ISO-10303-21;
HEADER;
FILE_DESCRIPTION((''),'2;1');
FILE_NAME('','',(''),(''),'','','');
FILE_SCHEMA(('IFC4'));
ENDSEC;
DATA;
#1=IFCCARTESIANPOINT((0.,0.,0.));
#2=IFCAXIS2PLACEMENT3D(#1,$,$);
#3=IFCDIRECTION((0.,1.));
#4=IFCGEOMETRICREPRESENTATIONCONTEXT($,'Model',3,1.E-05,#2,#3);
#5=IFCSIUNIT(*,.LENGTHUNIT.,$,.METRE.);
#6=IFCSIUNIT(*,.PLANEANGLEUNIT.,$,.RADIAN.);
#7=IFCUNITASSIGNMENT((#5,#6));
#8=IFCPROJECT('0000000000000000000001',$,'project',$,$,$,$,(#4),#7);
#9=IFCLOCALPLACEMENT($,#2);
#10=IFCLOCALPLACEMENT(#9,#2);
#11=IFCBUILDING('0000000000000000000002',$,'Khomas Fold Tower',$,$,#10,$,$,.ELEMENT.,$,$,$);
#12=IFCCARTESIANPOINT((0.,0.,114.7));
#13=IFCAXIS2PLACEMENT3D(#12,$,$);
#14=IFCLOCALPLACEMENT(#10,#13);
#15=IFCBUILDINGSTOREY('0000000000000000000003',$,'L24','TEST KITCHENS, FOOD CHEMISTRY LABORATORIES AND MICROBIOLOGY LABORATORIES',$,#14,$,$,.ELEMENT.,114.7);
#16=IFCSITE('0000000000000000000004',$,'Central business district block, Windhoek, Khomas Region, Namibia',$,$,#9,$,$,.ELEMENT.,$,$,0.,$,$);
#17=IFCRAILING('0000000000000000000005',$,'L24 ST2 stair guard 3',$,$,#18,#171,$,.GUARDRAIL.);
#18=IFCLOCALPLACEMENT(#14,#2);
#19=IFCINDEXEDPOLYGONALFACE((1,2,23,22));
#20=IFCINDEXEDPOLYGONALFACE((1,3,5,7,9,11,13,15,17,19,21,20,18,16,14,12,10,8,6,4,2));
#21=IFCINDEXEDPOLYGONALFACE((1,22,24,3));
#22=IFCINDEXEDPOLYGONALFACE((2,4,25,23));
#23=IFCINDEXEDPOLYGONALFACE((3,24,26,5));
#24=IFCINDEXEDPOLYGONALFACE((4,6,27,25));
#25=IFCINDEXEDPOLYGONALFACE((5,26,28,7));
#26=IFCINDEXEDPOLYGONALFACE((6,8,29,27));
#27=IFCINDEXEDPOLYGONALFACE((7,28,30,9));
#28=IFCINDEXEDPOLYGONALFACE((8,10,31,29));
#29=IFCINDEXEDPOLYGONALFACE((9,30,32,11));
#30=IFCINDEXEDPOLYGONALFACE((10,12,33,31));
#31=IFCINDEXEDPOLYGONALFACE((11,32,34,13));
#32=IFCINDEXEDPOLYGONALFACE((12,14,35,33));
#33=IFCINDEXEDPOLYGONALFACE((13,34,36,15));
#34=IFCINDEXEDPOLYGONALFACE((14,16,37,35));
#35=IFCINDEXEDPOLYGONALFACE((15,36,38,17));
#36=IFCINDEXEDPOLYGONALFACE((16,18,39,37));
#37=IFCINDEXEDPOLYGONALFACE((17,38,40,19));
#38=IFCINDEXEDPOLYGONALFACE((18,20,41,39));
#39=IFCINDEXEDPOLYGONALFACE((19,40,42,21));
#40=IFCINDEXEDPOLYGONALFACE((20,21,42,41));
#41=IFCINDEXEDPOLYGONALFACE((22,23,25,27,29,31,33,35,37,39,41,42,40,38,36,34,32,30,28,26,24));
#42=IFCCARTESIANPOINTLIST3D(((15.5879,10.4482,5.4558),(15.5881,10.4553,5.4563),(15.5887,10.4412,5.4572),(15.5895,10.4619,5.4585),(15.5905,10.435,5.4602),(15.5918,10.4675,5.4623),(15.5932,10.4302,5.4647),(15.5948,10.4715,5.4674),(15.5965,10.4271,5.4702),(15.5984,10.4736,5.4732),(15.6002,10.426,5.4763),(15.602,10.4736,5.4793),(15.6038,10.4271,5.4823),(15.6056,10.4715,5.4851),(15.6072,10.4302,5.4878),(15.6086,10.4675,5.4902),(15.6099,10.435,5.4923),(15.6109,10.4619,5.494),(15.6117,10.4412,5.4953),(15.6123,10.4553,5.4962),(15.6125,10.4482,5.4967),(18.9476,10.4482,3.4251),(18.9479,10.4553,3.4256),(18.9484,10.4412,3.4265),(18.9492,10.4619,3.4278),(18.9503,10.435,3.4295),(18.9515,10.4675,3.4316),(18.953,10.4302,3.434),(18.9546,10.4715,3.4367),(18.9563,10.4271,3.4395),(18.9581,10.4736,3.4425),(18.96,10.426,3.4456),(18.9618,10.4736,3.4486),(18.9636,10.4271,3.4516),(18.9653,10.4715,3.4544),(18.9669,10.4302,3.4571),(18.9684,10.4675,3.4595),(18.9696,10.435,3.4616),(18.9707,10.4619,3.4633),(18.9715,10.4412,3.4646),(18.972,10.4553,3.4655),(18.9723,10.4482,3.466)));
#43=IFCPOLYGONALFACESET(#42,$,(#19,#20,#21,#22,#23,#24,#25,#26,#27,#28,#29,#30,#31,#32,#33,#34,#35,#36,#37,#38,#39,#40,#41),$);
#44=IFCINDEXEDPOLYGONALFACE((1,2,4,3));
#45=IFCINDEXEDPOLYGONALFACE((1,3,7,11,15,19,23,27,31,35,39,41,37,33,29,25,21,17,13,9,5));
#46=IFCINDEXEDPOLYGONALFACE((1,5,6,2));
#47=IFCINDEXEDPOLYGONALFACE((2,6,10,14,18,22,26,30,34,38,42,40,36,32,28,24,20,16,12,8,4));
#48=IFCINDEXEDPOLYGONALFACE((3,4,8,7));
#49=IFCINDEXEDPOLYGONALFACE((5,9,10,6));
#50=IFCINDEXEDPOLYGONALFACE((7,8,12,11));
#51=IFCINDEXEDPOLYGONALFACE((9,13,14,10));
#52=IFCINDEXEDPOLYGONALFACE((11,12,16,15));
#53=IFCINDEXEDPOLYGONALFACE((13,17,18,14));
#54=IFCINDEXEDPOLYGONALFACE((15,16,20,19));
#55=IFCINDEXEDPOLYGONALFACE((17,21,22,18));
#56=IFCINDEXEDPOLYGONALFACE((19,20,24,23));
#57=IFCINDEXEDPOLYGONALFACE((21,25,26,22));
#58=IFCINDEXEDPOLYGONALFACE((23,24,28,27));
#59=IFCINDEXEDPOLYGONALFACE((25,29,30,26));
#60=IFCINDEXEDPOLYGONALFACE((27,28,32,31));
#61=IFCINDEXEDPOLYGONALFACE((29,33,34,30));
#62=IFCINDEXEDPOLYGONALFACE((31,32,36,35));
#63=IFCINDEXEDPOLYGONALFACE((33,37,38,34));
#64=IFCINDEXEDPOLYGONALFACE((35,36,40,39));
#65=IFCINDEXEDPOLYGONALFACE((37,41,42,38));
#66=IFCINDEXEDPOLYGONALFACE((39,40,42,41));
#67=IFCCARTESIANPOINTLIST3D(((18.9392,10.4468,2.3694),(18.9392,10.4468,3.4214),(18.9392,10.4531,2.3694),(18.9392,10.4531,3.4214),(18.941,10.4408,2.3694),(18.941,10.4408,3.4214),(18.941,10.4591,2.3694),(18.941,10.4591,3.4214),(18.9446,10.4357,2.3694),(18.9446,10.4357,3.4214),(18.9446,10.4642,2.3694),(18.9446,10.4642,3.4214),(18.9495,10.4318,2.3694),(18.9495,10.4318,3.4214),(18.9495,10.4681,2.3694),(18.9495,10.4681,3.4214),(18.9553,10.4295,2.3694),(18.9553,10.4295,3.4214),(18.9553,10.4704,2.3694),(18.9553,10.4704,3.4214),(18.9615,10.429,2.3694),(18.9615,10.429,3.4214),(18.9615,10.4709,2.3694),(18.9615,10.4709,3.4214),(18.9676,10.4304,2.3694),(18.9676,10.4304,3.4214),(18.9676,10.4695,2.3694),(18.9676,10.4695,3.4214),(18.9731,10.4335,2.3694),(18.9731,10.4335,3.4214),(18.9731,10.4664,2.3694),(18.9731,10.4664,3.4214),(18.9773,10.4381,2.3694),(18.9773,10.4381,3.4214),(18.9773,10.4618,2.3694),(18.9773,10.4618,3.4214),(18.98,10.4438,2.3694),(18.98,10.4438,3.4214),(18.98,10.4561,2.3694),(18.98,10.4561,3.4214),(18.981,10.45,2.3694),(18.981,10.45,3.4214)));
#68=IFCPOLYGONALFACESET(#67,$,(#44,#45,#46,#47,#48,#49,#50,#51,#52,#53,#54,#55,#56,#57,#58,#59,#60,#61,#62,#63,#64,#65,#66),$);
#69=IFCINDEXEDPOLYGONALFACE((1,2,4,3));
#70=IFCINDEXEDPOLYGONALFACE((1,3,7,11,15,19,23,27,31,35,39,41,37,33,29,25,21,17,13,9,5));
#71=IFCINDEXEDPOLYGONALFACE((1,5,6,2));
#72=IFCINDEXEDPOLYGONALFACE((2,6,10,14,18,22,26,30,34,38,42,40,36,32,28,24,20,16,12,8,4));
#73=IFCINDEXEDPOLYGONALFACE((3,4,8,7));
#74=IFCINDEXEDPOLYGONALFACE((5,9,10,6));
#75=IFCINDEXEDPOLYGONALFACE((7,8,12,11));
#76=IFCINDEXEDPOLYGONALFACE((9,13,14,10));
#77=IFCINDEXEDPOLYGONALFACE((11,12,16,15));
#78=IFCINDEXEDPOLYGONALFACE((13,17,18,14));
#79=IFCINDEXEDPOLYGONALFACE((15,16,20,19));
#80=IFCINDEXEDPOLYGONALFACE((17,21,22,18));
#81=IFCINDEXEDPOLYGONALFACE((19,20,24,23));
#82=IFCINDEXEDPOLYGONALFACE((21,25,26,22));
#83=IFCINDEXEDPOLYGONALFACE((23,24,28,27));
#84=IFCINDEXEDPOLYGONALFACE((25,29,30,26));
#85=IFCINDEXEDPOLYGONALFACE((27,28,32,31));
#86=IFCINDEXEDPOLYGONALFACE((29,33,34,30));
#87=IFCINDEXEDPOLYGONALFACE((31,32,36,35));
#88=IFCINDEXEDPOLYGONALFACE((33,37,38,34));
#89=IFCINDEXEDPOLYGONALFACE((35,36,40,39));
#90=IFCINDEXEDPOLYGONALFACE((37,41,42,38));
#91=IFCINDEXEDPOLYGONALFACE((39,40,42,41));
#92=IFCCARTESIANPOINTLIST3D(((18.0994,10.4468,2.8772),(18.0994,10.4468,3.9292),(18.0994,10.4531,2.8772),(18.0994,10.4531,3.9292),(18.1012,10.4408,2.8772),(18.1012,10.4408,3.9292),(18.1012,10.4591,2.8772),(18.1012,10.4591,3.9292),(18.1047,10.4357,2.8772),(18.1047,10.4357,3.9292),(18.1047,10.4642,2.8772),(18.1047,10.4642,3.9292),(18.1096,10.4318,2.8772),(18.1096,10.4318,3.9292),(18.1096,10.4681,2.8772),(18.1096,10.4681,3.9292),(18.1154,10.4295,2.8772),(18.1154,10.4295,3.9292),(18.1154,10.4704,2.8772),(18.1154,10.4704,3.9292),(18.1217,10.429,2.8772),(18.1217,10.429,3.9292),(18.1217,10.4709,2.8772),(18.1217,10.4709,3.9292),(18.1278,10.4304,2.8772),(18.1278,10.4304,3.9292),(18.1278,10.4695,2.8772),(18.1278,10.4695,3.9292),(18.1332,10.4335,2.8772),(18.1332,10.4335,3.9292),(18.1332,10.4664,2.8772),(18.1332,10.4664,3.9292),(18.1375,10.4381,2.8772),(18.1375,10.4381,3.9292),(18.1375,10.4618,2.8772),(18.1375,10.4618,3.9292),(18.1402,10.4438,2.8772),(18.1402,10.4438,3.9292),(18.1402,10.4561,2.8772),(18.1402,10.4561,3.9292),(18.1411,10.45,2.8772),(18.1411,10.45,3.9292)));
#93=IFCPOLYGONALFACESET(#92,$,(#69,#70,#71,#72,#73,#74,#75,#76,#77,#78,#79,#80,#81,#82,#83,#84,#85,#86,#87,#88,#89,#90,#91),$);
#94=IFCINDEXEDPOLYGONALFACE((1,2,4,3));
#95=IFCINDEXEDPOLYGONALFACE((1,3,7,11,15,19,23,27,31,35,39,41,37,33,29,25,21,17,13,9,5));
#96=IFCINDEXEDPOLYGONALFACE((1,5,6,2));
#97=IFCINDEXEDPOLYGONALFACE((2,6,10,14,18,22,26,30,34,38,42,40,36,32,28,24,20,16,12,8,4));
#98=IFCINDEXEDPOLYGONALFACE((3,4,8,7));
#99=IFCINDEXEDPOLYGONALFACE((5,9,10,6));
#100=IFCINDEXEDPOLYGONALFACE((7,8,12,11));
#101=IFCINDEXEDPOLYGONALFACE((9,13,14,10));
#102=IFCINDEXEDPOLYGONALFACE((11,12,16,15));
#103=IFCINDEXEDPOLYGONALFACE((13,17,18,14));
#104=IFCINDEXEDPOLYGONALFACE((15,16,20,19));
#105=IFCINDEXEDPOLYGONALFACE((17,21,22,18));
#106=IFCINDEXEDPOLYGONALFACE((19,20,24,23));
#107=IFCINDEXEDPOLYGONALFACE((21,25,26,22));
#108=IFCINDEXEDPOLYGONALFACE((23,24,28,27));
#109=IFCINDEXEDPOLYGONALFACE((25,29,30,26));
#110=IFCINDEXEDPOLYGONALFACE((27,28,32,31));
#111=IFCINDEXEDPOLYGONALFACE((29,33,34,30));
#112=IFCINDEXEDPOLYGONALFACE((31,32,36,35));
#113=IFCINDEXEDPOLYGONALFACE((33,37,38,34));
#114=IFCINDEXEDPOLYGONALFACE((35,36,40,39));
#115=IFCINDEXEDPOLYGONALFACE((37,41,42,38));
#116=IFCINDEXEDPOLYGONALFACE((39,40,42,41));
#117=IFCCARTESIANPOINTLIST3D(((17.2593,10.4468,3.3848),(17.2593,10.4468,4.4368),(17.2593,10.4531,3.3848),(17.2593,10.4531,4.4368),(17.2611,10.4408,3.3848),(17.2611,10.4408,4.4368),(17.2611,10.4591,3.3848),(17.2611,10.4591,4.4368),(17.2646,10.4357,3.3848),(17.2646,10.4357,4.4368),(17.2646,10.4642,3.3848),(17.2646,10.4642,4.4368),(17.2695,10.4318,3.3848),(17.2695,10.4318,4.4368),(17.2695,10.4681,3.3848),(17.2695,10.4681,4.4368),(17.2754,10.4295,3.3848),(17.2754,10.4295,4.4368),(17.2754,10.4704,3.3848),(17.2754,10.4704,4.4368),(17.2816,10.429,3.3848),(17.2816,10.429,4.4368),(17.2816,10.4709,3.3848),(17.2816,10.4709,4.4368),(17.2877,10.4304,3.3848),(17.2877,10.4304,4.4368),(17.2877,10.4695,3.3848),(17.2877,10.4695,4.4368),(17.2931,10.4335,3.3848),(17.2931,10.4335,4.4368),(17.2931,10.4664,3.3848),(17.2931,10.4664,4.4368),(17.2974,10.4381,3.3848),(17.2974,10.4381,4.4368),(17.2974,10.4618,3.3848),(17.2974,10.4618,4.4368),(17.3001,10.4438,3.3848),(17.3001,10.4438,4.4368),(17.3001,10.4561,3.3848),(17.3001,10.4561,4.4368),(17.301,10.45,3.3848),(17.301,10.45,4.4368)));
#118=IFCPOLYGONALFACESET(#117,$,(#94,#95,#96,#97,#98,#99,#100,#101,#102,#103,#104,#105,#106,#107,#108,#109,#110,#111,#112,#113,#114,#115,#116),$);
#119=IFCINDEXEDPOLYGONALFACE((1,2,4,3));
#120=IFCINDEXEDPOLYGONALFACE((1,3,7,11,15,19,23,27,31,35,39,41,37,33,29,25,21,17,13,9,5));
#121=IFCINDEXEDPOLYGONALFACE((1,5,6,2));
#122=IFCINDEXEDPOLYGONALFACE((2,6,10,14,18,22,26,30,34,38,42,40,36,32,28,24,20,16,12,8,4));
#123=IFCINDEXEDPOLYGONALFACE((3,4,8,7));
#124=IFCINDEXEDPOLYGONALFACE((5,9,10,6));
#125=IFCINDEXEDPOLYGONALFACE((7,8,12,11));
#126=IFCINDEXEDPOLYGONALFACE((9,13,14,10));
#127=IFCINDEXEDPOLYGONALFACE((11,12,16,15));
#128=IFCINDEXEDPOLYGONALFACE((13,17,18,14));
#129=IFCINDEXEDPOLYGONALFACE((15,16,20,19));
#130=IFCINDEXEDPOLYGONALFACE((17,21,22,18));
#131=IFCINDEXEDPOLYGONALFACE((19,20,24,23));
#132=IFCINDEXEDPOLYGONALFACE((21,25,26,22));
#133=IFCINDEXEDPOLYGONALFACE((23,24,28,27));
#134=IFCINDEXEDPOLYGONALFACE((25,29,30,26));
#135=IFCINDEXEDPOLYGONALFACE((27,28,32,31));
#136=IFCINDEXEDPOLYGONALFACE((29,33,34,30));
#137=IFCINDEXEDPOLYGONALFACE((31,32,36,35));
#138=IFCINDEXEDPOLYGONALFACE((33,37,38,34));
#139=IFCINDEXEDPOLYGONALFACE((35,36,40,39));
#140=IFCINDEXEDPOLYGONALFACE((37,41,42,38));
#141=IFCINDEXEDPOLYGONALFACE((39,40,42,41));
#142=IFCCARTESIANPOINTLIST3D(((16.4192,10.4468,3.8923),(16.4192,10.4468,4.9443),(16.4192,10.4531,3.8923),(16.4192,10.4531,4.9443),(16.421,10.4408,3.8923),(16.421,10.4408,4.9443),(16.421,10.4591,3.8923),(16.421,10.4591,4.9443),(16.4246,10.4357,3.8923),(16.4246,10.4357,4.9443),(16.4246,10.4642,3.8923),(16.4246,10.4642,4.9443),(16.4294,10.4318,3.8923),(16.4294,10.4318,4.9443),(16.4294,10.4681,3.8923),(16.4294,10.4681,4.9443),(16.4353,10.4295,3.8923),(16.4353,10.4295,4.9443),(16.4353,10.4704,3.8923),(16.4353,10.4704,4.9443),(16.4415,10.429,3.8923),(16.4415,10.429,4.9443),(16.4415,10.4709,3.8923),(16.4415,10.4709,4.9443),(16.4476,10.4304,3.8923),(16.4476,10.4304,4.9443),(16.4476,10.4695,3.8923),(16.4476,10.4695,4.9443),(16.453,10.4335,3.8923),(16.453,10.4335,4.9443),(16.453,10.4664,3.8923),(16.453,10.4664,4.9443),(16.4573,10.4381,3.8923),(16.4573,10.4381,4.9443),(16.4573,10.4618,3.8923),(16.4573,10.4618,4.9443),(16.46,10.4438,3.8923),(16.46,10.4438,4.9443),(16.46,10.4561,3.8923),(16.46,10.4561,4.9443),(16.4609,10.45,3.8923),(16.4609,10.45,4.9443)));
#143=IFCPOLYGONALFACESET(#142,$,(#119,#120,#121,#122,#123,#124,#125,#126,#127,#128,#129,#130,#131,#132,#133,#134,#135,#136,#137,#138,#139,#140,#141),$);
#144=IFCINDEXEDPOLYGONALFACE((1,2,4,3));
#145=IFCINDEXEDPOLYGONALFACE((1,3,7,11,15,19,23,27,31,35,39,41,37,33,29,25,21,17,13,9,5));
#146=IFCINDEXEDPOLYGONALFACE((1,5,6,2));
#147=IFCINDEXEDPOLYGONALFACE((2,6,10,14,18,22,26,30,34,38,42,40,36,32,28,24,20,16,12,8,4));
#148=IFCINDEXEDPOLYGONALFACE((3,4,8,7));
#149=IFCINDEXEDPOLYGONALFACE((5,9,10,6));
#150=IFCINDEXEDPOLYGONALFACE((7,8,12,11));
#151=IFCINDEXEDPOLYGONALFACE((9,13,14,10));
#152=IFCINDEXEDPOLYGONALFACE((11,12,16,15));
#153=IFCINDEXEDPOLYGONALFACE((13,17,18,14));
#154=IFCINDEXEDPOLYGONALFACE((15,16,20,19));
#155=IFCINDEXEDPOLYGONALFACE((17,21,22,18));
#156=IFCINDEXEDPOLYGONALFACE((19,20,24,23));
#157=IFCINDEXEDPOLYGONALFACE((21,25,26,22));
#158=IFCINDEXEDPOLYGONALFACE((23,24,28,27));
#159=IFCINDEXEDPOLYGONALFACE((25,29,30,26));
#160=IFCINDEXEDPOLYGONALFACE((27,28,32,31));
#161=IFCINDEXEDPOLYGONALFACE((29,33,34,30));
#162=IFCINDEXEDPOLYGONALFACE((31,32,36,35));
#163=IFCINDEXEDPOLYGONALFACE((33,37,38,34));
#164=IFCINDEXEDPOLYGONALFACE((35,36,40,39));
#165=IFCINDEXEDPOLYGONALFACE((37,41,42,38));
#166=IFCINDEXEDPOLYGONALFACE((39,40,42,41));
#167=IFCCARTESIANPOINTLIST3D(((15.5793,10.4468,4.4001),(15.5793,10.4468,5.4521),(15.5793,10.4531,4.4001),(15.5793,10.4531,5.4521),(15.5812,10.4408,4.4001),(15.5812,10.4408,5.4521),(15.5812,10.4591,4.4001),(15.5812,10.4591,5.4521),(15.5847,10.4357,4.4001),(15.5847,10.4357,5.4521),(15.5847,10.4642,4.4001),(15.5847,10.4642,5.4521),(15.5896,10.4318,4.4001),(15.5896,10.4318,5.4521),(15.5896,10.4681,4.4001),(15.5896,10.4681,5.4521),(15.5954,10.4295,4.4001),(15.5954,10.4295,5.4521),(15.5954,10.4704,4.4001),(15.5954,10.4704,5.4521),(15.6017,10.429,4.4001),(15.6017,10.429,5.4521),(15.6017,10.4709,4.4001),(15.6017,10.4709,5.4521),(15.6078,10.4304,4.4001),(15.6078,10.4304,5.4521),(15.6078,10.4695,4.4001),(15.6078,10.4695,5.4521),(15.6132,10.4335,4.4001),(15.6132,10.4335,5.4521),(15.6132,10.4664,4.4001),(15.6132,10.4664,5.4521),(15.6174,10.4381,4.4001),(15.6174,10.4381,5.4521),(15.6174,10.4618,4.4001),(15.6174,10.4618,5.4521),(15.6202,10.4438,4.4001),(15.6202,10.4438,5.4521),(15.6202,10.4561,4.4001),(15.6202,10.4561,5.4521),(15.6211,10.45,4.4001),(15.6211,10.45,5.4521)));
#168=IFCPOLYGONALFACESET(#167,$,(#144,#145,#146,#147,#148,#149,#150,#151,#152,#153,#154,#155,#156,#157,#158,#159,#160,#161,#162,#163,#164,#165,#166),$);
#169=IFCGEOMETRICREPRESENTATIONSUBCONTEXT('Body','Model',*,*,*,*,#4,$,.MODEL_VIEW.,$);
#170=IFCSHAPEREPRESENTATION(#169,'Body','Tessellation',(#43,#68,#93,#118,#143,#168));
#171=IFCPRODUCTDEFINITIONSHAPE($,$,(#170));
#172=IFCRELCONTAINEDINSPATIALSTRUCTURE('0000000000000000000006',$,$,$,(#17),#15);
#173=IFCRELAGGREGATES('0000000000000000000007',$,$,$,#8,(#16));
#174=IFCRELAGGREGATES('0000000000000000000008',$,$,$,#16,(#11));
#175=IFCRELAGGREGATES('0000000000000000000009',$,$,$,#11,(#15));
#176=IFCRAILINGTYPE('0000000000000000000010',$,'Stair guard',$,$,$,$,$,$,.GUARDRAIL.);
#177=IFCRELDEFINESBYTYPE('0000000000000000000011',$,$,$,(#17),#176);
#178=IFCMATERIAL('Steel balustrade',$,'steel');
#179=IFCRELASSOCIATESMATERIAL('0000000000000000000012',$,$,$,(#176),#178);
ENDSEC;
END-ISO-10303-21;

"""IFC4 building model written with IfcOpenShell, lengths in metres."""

from ifc_helpers import new_model, si_unit, direction, frame, origin, origin_2d, place, context, subcontext, project, spatial, circle, extrude, source, transform, mapped, material, type_object, element, save


model = new_model("IFC4")

# Units and contexts
model_context = context("Model", 3, precision=1e-05, world=origin(), true_north=direction((0.0, 1.0)))
body_context = subcontext(model_context, "Body", "Model", "MODEL_VIEW")
ifc_project = project(units=[si_unit("LENGTHUNIT", "METRE"), si_unit("PLANEANGLEUNIT", "RADIAN")], contexts=[model_context])

# Site, building, storey
site_placement = place(None, origin())
site = spatial("IfcSite", under=ifc_project, at=site_placement, Name="Central business district block, Windhoek, Khomas Region, Namibia", CompositionType="ELEMENT", RefElevation=0.0)
building_placement = place(site_placement, origin())
building = spatial("IfcBuilding", under=site, at=building_placement, Name="Khomas Fold Tower", CompositionType="ELEMENT")
storey_placement = place(building_placement, frame((0.0, 0.0, 114.7)))
storey = spatial("IfcBuildingStorey", under=building, at=storey_placement, Name="L24", Description="TEST KITCHENS, FOOD CHEMISTRY LABORATORIES AND MICROBIOLOGY LABORATORIES", CompositionType="ELEMENT", Elevation=114.7)

# Railing
ifc_material_1 = material(Name="Steel balustrade", Category="steel")
railing_type_1 = type_object("IfcRailingType", Name="Stair guard", PredefinedType="GUARDRAIL", material=ifc_material_1)
shared_shape_1 = source(origin(), body_context, "Body", "SweptSolid", [
    extrude(circle(Radius=0.0239, at=origin_2d()), frame((0.0, 0.0, 1.0762), z_axis=(-0.85582, 0.0, 0.517273), x_axis=(0.0, -1.0, 0.0)), (0.0, 0.0, 1.0), 3.9258),
    extrude(circle(Radius=0.021, at=origin_2d()), origin(), (0.0, 0.0, 1.0), 1.052),
    extrude(circle(Radius=0.021, at=origin_2d()), frame((-0.8398, 0.0, 0.5078)), (0.0, 0.0, 1.0), 1.052),
    extrude(circle(Radius=0.021, at=origin_2d()), frame((-1.6799, 0.0, 1.0154)), (0.0, 0.0, 1.0), 1.052),
    extrude(circle(Radius=0.021, at=origin_2d()), frame((-2.52, 0.0, 1.5229)), (0.0, 0.0, 1.0), 1.052),
    extrude(circle(Radius=0.021, at=origin_2d()), frame((-3.3599, 0.0, 2.0308)), (0.0, 0.0, 1.0), 1.052),
])
railing_1_placement = place(storey_placement, frame((18.96, 10.45, 2.3694)))
element("IfcRailing", 1, at=railing_1_placement, inside=storey, type_object=railing_type_1, Name="L24 ST2 stair guard 3", PredefinedType="GUARDRAIL", context=body_context, shape_type="MappedRepresentation", body=[
    mapped(shared_shape_1, transform((0.0, 0.0, 0.0))),
])

save(model, "model.ifc")
